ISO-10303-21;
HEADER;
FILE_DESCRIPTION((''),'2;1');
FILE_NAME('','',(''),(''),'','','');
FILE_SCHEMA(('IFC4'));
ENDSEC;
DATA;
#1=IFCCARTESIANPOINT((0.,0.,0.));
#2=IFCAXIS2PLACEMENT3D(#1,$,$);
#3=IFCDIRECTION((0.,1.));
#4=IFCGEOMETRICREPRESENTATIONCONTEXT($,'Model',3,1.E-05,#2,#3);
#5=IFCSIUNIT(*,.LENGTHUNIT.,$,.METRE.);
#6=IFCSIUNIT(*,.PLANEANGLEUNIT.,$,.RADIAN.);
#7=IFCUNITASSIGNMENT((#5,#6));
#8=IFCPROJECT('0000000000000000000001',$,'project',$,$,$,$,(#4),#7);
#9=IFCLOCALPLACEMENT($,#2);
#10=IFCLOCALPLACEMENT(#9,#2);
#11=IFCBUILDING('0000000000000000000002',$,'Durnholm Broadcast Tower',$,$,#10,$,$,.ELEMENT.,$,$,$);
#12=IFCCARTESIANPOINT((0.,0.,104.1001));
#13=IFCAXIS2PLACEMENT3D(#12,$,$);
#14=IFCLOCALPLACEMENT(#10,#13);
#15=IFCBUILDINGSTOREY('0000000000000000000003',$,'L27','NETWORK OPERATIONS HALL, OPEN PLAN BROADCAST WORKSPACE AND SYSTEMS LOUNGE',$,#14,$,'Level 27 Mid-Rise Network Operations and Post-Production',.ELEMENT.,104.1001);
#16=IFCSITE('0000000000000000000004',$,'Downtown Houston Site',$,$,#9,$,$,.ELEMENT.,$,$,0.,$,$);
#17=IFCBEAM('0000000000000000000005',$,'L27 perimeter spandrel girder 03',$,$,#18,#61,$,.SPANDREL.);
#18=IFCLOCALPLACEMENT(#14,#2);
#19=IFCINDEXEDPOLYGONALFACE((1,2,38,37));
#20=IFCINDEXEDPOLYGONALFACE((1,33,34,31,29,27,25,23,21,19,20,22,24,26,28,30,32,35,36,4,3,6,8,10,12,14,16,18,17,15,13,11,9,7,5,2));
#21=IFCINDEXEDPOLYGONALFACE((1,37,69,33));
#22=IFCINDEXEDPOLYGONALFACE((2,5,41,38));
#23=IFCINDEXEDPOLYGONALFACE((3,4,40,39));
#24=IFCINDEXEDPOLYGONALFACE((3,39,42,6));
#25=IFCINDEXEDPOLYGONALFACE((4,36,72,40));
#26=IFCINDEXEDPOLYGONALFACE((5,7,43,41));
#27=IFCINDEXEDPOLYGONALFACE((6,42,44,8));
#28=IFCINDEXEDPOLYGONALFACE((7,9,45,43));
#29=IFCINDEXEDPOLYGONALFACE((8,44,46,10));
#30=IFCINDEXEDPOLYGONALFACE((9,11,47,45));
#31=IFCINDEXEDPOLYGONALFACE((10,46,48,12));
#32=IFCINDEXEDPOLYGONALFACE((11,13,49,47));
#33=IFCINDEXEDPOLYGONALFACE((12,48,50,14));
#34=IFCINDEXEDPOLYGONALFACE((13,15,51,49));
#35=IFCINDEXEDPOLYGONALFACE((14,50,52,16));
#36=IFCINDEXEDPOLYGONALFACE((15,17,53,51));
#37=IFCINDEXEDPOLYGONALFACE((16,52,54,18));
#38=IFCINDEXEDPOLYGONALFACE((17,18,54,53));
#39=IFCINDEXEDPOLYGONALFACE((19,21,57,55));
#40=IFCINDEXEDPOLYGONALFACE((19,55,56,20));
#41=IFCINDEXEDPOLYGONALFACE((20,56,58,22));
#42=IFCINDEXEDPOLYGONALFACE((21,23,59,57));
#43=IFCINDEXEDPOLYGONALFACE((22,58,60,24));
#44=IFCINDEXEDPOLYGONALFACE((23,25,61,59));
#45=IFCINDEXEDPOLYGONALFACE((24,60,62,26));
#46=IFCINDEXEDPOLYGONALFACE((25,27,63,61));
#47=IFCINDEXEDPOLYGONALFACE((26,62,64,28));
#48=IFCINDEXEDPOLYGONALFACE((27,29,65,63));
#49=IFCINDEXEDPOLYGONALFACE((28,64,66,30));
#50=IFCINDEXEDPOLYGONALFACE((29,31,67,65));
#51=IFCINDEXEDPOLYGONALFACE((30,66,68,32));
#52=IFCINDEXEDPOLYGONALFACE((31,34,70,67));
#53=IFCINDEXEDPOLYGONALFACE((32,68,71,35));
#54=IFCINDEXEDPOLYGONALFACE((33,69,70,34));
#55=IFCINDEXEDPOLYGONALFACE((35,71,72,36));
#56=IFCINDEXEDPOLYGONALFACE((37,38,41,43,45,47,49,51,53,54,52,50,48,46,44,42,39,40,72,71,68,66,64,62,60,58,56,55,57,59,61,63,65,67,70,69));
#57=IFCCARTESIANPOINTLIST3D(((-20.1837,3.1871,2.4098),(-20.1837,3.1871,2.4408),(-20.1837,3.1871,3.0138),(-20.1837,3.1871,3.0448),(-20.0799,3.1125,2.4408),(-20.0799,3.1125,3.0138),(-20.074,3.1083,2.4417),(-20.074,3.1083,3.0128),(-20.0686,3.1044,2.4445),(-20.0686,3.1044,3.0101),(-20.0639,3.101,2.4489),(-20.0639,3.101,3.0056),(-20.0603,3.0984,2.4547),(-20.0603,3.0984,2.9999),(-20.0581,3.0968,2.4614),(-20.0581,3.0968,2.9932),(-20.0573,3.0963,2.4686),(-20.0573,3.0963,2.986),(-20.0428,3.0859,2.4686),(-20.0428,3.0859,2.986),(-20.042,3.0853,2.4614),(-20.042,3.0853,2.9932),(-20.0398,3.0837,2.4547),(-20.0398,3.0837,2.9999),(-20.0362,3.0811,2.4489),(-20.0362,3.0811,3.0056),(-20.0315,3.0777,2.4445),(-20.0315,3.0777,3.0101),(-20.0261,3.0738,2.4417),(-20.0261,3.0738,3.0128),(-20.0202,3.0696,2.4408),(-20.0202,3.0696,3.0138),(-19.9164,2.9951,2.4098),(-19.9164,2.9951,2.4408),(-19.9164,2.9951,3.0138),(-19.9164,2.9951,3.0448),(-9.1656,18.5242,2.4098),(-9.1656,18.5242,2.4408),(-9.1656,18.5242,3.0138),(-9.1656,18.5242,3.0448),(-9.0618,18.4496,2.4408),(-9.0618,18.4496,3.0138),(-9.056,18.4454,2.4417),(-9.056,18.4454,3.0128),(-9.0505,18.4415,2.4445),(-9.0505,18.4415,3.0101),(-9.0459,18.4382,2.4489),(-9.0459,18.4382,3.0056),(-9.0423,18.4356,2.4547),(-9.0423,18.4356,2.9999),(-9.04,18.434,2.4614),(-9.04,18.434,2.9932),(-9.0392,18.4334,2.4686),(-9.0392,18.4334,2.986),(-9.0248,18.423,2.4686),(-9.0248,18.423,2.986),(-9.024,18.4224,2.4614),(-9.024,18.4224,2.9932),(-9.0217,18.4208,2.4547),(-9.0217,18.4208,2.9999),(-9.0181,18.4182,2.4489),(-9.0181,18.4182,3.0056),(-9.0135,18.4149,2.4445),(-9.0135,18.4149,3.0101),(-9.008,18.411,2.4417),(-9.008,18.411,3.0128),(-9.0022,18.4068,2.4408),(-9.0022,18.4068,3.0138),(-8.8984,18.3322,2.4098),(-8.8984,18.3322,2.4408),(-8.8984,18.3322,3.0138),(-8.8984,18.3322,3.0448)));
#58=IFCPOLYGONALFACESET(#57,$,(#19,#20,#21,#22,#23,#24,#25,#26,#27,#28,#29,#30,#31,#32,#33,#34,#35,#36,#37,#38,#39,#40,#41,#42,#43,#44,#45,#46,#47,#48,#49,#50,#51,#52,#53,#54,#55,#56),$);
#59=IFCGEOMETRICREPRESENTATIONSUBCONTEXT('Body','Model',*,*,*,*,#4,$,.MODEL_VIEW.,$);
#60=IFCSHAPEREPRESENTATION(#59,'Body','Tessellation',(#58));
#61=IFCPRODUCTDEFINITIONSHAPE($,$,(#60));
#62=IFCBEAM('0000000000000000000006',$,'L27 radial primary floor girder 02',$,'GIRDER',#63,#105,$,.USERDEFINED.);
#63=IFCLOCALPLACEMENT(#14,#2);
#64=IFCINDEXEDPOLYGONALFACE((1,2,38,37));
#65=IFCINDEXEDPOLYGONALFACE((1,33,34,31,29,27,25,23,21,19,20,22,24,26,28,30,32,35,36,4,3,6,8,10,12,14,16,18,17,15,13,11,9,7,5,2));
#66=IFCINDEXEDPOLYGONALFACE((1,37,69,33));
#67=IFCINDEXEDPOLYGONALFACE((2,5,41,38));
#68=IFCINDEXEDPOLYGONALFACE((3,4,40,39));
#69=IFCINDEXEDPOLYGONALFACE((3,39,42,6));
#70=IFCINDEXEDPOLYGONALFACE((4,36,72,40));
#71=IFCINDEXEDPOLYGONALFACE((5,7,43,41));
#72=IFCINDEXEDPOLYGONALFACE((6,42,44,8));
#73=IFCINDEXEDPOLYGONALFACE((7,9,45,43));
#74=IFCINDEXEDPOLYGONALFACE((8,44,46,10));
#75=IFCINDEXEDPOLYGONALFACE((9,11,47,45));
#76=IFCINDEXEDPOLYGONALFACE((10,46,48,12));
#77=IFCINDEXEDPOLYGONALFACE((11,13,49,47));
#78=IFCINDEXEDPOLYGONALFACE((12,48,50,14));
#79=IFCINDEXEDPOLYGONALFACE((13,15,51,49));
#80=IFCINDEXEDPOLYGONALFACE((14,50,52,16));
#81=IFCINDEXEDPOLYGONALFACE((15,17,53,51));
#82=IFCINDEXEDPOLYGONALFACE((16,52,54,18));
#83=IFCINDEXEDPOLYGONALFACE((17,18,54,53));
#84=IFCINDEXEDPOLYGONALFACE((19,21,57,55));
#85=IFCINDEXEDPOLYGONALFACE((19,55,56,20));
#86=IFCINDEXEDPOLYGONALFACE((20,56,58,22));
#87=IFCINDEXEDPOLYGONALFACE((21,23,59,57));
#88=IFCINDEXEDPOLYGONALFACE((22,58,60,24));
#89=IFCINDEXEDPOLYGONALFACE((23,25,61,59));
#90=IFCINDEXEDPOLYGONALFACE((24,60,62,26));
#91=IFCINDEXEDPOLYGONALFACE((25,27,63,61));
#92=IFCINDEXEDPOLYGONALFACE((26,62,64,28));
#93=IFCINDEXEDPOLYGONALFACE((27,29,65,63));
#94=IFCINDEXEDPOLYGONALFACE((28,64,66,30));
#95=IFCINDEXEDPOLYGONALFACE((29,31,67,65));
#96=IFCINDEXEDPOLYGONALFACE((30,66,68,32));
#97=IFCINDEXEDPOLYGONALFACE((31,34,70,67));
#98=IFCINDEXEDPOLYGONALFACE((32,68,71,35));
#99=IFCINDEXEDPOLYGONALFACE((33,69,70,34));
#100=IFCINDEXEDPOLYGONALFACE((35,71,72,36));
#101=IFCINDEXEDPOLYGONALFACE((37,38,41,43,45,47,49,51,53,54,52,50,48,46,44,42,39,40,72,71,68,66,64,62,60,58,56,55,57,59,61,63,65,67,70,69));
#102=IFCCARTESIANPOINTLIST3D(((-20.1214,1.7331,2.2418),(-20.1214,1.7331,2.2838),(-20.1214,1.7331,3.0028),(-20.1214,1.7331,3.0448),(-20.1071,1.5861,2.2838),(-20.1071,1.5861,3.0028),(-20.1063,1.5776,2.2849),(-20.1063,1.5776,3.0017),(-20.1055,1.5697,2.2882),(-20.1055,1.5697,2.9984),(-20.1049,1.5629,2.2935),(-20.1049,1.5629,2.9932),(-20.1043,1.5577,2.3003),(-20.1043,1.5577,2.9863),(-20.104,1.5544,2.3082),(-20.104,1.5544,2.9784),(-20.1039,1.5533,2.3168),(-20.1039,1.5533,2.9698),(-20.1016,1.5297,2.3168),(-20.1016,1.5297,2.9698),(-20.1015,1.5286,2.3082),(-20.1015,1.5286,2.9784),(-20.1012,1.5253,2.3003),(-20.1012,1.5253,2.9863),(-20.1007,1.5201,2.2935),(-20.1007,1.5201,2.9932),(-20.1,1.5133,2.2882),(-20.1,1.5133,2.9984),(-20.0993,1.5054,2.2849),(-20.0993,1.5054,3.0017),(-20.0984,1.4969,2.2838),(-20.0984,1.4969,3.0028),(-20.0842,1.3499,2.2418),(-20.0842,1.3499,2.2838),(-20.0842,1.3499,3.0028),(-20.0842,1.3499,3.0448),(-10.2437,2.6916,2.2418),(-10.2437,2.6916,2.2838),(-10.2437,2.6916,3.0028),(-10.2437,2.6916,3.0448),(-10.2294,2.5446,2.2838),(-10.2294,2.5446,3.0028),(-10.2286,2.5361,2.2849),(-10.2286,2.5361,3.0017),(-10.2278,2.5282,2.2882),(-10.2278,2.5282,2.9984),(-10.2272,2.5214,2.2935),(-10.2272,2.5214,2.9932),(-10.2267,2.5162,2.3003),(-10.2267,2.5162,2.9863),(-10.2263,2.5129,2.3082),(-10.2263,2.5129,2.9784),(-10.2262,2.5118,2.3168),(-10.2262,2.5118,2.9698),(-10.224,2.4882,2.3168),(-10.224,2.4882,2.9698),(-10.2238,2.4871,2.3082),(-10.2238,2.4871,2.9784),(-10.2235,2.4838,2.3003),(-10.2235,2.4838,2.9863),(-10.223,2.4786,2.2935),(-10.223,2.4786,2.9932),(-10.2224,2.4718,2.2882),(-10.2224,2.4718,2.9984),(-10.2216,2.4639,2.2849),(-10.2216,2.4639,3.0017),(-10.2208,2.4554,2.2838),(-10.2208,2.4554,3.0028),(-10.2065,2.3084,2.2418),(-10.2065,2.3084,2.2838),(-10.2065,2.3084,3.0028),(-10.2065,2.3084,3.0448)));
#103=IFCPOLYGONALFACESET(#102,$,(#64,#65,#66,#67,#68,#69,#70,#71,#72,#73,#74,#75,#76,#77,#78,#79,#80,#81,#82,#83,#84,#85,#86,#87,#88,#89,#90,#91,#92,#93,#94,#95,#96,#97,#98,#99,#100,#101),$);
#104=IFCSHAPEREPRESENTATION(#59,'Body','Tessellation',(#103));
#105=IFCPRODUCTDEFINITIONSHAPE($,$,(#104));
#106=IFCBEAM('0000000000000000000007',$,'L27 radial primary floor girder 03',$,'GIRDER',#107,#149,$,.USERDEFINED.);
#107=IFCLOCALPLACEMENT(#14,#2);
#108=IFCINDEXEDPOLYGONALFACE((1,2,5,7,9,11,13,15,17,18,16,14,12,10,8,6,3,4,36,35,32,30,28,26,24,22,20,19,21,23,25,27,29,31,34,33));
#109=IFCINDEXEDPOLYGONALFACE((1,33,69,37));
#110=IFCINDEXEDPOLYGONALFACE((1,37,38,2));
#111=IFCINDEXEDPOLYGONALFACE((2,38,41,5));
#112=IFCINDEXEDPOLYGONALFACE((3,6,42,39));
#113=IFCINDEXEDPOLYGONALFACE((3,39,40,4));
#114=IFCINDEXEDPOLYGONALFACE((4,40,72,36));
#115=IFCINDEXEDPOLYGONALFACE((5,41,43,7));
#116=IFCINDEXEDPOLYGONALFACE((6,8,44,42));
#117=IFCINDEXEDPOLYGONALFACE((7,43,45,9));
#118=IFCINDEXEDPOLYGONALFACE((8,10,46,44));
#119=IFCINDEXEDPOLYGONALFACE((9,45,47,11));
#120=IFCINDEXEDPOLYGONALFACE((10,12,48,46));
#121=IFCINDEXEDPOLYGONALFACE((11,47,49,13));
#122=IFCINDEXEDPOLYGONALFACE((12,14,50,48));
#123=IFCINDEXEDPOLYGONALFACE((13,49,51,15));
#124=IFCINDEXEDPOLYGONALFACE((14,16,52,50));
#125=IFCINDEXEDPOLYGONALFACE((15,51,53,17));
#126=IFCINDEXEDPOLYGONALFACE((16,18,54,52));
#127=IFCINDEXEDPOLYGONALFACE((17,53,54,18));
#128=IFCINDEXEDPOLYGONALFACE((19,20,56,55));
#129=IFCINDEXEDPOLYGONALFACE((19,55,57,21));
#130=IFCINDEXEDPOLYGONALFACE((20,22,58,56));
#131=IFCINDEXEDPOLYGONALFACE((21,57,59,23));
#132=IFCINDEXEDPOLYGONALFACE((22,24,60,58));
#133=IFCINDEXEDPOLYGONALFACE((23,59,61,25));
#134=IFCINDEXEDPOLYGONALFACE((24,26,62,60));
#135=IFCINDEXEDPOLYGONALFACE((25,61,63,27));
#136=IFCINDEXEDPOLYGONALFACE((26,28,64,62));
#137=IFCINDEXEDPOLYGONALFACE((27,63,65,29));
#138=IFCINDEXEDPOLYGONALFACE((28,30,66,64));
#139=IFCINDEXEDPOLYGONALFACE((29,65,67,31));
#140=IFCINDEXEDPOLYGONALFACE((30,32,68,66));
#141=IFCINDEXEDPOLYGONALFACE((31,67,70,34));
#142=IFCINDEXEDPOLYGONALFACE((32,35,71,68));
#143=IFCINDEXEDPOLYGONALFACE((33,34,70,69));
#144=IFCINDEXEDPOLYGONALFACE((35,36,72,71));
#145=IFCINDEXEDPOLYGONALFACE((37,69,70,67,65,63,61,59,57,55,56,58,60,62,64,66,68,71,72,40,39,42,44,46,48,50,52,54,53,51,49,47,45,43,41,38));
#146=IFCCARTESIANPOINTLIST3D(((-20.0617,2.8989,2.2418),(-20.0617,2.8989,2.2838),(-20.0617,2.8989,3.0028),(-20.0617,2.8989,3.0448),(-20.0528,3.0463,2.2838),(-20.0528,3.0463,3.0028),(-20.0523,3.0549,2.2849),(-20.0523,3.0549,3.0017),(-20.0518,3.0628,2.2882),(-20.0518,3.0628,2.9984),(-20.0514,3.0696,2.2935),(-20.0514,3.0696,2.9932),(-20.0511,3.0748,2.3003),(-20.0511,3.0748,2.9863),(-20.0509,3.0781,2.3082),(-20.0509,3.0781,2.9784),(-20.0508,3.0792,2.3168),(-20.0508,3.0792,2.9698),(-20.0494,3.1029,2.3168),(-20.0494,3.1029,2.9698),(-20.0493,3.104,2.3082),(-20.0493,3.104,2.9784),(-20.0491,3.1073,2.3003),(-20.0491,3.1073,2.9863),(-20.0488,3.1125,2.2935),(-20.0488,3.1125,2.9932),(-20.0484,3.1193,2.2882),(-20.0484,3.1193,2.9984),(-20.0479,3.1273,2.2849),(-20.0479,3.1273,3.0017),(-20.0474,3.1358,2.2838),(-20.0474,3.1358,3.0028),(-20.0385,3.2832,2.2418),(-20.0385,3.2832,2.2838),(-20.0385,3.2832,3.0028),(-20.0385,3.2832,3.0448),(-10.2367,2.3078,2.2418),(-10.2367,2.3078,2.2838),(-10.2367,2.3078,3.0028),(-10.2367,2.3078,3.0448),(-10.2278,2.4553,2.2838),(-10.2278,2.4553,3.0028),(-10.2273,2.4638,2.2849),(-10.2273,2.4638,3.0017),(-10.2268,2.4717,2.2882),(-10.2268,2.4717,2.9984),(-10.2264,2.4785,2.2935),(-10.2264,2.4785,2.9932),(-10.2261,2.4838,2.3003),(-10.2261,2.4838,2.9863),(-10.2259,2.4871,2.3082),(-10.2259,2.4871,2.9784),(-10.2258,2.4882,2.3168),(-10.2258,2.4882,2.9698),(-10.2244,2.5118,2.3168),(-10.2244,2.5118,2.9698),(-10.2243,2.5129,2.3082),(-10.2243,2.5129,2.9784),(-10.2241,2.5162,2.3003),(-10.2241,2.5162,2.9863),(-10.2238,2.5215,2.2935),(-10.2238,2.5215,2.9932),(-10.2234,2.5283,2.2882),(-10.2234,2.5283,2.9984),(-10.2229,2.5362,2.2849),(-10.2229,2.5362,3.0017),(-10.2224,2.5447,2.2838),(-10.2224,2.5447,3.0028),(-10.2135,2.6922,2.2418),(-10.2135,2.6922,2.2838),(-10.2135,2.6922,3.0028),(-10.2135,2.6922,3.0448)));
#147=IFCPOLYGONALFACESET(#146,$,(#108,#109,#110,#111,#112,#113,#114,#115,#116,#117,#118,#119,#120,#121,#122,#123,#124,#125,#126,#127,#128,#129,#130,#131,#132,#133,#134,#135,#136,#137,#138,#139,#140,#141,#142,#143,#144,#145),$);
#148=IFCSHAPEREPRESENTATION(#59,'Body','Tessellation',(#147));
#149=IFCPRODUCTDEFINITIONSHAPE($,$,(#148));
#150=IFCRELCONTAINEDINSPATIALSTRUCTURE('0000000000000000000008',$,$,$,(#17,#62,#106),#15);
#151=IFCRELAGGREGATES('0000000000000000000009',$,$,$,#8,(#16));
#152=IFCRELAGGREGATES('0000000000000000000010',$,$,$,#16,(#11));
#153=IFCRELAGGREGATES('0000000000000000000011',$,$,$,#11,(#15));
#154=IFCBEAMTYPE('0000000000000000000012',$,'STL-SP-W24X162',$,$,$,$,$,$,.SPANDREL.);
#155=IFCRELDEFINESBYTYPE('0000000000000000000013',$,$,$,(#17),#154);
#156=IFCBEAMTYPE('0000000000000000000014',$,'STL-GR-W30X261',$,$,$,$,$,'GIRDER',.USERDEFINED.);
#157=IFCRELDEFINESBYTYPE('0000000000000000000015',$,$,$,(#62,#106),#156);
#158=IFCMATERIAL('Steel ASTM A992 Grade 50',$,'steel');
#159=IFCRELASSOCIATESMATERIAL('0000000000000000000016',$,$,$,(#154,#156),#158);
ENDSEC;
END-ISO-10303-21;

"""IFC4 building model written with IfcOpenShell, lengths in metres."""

from ifc_helpers import new_model, si_unit, direction, frame, origin, origin_2d, place, context, subcontext, project, spatial, i_section, extrude, source, transform, mapped, material, material_profile, profile_set, type_object, type_shapes, element, save


model = new_model("IFC4")

# Units and contexts
model_context = context("Model", 3, precision=1e-05, world=origin(), true_north=direction((0.0, 1.0)))
body_context = subcontext(model_context, "Body", "Model", "MODEL_VIEW")
ifc_project = project(units=[si_unit("LENGTHUNIT", "METRE"), si_unit("PLANEANGLEUNIT", "RADIAN")], contexts=[model_context])

# Site, building, storey
site_placement = place(None, origin())
site = spatial("IfcSite", under=ifc_project, at=site_placement, Name="Downtown Houston Site", CompositionType="ELEMENT", RefElevation=0.0)
building_placement = place(site_placement, origin())
building = spatial("IfcBuilding", under=site, at=building_placement, Name="Durnholm Broadcast Tower", CompositionType="ELEMENT")
storey_placement = place(building_placement, frame((0.0, 0.0, 104.1001)))
storey = spatial("IfcBuildingStorey", under=building, at=storey_placement, Name="L27", Description="NETWORK OPERATIONS HALL, OPEN PLAN BROADCAST WORKSPACE AND SYSTEMS LOUNGE", LongName="Level 27 Mid-Rise Network Operations and Post-Production", CompositionType="ELEMENT", Elevation=104.1001)

# Beams
ifc_material_1 = material(Name="Steel ASTM A992 Grade 50", Category="steel")
ifc_material_profile_1 = material_profile(ifc_material_1, i_section(OverallWidth=0.3291, OverallDepth=0.635, WebThickness=0.0178, FlangeThickness=0.031, FilletRadius=0.0278, at=origin_2d()), Name="W24X162")
ifc_profile_set_1 = profile_set([ifc_material_profile_1], Name="Steel ASTM A992 Grade 50")
beam_type_1 = type_object("IfcBeamType", Name="STL-SP-W24X162", PredefinedType="SPANDREL", material=ifc_profile_set_1)
shared_shape_1 = source(origin(), body_context, "Body", "SweptSolid", [
    extrude(i_section(OverallWidth=0.3291, OverallDepth=0.635, WebThickness=0.0178, FlangeThickness=0.031, FilletRadius=0.0278, at=origin_2d()), origin(), (0.0, 0.0, 1.0), 18.8845),
])
beam_1_placement = place(storey_placement, frame((-20.05, 3.0911, 2.7273), z_axis=(0.583443, 0.812154, 0.0), x_axis=(-0.812154, 0.583443, 0.0)))
element("IfcBeam", 1, at=beam_1_placement, inside=storey, type_object=beam_type_1, Name="L27 perimeter spandrel girder 03", PredefinedType="SPANDREL", context=body_context, shape_type="MappedRepresentation", body=[
    mapped(shared_shape_1, transform((0.0, 0.0, 0.0), x_axis=(1.0, 0.0, 0.0), y_axis=(0.0, 1.0, 0.0), z_axis=(0.0, 0.0, 1.0), scale=1.0)),
])
ifc_material_profile_2 = material_profile(ifc_material_1, i_section(OverallWidth=0.385, OverallDepth=0.803, WebThickness=0.0237, FlangeThickness=0.042, FilletRadius=0.033, at=origin_2d()), Name="W30X261")
ifc_profile_set_2 = profile_set([ifc_material_profile_2], Name="Steel ASTM A992 Grade 50")
beam_type_2 = type_object("IfcBeamType", Name="STL-GR-W30X261", ElementType="GIRDER", PredefinedType="USERDEFINED", material=ifc_profile_set_2)
shared_shape_2 = source(origin(), body_context, "Body", "SweptSolid", [
    extrude(i_section(OverallWidth=0.385, OverallDepth=0.803, WebThickness=0.0237, FlangeThickness=0.042, FilletRadius=0.033, at=origin_2d()), origin(), (0.0, 0.0, 1.0), 9.9241),
])
beam_2_placement = place(storey_placement, frame((-10.2251, 2.5, 2.6433), z_axis=(-0.995325, -0.096583, 0.0), x_axis=(0.096583, -0.995325, 0.0)))
element("IfcBeam", 2, at=beam_2_placement, inside=storey, type_object=beam_type_2, Name="L27 radial primary floor girder 02", ObjectType="GIRDER", PredefinedType="USERDEFINED", context=body_context, shape_type="MappedRepresentation", body=[
    mapped(shared_shape_2, transform((0.0, 0.0, 0.0), x_axis=(1.0, 0.0, 0.0), y_axis=(0.0, 1.0, 0.0), z_axis=(0.0, 0.0, 1.0), scale=1.0)),
])
shared_shape_3 = source(origin(), body_context, "Body", "SweptSolid", [
    extrude(i_section(OverallWidth=0.385, OverallDepth=0.803, WebThickness=0.0237, FlangeThickness=0.042, FilletRadius=0.033, at=origin_2d()), origin(), (0.0, 0.0, 1.0), 9.8428),
])
type_shapes(beam_type_2, [shared_shape_2, shared_shape_3])
beam_3_placement = place(storey_placement, frame((-10.2251, 2.5, 2.6433), z_axis=(-0.998195, 0.060051, 0.0), x_axis=(-0.060051, -0.998195, 0.0)))
element("IfcBeam", 3, at=beam_3_placement, inside=storey, type_object=beam_type_2, Name="L27 radial primary floor girder 03", ObjectType="GIRDER", PredefinedType="USERDEFINED", context=body_context, shape_type="MappedRepresentation", body=[
    mapped(shared_shape_3, transform((0.0, 0.0, 0.0), x_axis=(1.0, 0.0, 0.0), y_axis=(0.0, 1.0, 0.0), z_axis=(0.0, 0.0, 1.0), scale=1.0)),
])

save(model, "model.ifc")
